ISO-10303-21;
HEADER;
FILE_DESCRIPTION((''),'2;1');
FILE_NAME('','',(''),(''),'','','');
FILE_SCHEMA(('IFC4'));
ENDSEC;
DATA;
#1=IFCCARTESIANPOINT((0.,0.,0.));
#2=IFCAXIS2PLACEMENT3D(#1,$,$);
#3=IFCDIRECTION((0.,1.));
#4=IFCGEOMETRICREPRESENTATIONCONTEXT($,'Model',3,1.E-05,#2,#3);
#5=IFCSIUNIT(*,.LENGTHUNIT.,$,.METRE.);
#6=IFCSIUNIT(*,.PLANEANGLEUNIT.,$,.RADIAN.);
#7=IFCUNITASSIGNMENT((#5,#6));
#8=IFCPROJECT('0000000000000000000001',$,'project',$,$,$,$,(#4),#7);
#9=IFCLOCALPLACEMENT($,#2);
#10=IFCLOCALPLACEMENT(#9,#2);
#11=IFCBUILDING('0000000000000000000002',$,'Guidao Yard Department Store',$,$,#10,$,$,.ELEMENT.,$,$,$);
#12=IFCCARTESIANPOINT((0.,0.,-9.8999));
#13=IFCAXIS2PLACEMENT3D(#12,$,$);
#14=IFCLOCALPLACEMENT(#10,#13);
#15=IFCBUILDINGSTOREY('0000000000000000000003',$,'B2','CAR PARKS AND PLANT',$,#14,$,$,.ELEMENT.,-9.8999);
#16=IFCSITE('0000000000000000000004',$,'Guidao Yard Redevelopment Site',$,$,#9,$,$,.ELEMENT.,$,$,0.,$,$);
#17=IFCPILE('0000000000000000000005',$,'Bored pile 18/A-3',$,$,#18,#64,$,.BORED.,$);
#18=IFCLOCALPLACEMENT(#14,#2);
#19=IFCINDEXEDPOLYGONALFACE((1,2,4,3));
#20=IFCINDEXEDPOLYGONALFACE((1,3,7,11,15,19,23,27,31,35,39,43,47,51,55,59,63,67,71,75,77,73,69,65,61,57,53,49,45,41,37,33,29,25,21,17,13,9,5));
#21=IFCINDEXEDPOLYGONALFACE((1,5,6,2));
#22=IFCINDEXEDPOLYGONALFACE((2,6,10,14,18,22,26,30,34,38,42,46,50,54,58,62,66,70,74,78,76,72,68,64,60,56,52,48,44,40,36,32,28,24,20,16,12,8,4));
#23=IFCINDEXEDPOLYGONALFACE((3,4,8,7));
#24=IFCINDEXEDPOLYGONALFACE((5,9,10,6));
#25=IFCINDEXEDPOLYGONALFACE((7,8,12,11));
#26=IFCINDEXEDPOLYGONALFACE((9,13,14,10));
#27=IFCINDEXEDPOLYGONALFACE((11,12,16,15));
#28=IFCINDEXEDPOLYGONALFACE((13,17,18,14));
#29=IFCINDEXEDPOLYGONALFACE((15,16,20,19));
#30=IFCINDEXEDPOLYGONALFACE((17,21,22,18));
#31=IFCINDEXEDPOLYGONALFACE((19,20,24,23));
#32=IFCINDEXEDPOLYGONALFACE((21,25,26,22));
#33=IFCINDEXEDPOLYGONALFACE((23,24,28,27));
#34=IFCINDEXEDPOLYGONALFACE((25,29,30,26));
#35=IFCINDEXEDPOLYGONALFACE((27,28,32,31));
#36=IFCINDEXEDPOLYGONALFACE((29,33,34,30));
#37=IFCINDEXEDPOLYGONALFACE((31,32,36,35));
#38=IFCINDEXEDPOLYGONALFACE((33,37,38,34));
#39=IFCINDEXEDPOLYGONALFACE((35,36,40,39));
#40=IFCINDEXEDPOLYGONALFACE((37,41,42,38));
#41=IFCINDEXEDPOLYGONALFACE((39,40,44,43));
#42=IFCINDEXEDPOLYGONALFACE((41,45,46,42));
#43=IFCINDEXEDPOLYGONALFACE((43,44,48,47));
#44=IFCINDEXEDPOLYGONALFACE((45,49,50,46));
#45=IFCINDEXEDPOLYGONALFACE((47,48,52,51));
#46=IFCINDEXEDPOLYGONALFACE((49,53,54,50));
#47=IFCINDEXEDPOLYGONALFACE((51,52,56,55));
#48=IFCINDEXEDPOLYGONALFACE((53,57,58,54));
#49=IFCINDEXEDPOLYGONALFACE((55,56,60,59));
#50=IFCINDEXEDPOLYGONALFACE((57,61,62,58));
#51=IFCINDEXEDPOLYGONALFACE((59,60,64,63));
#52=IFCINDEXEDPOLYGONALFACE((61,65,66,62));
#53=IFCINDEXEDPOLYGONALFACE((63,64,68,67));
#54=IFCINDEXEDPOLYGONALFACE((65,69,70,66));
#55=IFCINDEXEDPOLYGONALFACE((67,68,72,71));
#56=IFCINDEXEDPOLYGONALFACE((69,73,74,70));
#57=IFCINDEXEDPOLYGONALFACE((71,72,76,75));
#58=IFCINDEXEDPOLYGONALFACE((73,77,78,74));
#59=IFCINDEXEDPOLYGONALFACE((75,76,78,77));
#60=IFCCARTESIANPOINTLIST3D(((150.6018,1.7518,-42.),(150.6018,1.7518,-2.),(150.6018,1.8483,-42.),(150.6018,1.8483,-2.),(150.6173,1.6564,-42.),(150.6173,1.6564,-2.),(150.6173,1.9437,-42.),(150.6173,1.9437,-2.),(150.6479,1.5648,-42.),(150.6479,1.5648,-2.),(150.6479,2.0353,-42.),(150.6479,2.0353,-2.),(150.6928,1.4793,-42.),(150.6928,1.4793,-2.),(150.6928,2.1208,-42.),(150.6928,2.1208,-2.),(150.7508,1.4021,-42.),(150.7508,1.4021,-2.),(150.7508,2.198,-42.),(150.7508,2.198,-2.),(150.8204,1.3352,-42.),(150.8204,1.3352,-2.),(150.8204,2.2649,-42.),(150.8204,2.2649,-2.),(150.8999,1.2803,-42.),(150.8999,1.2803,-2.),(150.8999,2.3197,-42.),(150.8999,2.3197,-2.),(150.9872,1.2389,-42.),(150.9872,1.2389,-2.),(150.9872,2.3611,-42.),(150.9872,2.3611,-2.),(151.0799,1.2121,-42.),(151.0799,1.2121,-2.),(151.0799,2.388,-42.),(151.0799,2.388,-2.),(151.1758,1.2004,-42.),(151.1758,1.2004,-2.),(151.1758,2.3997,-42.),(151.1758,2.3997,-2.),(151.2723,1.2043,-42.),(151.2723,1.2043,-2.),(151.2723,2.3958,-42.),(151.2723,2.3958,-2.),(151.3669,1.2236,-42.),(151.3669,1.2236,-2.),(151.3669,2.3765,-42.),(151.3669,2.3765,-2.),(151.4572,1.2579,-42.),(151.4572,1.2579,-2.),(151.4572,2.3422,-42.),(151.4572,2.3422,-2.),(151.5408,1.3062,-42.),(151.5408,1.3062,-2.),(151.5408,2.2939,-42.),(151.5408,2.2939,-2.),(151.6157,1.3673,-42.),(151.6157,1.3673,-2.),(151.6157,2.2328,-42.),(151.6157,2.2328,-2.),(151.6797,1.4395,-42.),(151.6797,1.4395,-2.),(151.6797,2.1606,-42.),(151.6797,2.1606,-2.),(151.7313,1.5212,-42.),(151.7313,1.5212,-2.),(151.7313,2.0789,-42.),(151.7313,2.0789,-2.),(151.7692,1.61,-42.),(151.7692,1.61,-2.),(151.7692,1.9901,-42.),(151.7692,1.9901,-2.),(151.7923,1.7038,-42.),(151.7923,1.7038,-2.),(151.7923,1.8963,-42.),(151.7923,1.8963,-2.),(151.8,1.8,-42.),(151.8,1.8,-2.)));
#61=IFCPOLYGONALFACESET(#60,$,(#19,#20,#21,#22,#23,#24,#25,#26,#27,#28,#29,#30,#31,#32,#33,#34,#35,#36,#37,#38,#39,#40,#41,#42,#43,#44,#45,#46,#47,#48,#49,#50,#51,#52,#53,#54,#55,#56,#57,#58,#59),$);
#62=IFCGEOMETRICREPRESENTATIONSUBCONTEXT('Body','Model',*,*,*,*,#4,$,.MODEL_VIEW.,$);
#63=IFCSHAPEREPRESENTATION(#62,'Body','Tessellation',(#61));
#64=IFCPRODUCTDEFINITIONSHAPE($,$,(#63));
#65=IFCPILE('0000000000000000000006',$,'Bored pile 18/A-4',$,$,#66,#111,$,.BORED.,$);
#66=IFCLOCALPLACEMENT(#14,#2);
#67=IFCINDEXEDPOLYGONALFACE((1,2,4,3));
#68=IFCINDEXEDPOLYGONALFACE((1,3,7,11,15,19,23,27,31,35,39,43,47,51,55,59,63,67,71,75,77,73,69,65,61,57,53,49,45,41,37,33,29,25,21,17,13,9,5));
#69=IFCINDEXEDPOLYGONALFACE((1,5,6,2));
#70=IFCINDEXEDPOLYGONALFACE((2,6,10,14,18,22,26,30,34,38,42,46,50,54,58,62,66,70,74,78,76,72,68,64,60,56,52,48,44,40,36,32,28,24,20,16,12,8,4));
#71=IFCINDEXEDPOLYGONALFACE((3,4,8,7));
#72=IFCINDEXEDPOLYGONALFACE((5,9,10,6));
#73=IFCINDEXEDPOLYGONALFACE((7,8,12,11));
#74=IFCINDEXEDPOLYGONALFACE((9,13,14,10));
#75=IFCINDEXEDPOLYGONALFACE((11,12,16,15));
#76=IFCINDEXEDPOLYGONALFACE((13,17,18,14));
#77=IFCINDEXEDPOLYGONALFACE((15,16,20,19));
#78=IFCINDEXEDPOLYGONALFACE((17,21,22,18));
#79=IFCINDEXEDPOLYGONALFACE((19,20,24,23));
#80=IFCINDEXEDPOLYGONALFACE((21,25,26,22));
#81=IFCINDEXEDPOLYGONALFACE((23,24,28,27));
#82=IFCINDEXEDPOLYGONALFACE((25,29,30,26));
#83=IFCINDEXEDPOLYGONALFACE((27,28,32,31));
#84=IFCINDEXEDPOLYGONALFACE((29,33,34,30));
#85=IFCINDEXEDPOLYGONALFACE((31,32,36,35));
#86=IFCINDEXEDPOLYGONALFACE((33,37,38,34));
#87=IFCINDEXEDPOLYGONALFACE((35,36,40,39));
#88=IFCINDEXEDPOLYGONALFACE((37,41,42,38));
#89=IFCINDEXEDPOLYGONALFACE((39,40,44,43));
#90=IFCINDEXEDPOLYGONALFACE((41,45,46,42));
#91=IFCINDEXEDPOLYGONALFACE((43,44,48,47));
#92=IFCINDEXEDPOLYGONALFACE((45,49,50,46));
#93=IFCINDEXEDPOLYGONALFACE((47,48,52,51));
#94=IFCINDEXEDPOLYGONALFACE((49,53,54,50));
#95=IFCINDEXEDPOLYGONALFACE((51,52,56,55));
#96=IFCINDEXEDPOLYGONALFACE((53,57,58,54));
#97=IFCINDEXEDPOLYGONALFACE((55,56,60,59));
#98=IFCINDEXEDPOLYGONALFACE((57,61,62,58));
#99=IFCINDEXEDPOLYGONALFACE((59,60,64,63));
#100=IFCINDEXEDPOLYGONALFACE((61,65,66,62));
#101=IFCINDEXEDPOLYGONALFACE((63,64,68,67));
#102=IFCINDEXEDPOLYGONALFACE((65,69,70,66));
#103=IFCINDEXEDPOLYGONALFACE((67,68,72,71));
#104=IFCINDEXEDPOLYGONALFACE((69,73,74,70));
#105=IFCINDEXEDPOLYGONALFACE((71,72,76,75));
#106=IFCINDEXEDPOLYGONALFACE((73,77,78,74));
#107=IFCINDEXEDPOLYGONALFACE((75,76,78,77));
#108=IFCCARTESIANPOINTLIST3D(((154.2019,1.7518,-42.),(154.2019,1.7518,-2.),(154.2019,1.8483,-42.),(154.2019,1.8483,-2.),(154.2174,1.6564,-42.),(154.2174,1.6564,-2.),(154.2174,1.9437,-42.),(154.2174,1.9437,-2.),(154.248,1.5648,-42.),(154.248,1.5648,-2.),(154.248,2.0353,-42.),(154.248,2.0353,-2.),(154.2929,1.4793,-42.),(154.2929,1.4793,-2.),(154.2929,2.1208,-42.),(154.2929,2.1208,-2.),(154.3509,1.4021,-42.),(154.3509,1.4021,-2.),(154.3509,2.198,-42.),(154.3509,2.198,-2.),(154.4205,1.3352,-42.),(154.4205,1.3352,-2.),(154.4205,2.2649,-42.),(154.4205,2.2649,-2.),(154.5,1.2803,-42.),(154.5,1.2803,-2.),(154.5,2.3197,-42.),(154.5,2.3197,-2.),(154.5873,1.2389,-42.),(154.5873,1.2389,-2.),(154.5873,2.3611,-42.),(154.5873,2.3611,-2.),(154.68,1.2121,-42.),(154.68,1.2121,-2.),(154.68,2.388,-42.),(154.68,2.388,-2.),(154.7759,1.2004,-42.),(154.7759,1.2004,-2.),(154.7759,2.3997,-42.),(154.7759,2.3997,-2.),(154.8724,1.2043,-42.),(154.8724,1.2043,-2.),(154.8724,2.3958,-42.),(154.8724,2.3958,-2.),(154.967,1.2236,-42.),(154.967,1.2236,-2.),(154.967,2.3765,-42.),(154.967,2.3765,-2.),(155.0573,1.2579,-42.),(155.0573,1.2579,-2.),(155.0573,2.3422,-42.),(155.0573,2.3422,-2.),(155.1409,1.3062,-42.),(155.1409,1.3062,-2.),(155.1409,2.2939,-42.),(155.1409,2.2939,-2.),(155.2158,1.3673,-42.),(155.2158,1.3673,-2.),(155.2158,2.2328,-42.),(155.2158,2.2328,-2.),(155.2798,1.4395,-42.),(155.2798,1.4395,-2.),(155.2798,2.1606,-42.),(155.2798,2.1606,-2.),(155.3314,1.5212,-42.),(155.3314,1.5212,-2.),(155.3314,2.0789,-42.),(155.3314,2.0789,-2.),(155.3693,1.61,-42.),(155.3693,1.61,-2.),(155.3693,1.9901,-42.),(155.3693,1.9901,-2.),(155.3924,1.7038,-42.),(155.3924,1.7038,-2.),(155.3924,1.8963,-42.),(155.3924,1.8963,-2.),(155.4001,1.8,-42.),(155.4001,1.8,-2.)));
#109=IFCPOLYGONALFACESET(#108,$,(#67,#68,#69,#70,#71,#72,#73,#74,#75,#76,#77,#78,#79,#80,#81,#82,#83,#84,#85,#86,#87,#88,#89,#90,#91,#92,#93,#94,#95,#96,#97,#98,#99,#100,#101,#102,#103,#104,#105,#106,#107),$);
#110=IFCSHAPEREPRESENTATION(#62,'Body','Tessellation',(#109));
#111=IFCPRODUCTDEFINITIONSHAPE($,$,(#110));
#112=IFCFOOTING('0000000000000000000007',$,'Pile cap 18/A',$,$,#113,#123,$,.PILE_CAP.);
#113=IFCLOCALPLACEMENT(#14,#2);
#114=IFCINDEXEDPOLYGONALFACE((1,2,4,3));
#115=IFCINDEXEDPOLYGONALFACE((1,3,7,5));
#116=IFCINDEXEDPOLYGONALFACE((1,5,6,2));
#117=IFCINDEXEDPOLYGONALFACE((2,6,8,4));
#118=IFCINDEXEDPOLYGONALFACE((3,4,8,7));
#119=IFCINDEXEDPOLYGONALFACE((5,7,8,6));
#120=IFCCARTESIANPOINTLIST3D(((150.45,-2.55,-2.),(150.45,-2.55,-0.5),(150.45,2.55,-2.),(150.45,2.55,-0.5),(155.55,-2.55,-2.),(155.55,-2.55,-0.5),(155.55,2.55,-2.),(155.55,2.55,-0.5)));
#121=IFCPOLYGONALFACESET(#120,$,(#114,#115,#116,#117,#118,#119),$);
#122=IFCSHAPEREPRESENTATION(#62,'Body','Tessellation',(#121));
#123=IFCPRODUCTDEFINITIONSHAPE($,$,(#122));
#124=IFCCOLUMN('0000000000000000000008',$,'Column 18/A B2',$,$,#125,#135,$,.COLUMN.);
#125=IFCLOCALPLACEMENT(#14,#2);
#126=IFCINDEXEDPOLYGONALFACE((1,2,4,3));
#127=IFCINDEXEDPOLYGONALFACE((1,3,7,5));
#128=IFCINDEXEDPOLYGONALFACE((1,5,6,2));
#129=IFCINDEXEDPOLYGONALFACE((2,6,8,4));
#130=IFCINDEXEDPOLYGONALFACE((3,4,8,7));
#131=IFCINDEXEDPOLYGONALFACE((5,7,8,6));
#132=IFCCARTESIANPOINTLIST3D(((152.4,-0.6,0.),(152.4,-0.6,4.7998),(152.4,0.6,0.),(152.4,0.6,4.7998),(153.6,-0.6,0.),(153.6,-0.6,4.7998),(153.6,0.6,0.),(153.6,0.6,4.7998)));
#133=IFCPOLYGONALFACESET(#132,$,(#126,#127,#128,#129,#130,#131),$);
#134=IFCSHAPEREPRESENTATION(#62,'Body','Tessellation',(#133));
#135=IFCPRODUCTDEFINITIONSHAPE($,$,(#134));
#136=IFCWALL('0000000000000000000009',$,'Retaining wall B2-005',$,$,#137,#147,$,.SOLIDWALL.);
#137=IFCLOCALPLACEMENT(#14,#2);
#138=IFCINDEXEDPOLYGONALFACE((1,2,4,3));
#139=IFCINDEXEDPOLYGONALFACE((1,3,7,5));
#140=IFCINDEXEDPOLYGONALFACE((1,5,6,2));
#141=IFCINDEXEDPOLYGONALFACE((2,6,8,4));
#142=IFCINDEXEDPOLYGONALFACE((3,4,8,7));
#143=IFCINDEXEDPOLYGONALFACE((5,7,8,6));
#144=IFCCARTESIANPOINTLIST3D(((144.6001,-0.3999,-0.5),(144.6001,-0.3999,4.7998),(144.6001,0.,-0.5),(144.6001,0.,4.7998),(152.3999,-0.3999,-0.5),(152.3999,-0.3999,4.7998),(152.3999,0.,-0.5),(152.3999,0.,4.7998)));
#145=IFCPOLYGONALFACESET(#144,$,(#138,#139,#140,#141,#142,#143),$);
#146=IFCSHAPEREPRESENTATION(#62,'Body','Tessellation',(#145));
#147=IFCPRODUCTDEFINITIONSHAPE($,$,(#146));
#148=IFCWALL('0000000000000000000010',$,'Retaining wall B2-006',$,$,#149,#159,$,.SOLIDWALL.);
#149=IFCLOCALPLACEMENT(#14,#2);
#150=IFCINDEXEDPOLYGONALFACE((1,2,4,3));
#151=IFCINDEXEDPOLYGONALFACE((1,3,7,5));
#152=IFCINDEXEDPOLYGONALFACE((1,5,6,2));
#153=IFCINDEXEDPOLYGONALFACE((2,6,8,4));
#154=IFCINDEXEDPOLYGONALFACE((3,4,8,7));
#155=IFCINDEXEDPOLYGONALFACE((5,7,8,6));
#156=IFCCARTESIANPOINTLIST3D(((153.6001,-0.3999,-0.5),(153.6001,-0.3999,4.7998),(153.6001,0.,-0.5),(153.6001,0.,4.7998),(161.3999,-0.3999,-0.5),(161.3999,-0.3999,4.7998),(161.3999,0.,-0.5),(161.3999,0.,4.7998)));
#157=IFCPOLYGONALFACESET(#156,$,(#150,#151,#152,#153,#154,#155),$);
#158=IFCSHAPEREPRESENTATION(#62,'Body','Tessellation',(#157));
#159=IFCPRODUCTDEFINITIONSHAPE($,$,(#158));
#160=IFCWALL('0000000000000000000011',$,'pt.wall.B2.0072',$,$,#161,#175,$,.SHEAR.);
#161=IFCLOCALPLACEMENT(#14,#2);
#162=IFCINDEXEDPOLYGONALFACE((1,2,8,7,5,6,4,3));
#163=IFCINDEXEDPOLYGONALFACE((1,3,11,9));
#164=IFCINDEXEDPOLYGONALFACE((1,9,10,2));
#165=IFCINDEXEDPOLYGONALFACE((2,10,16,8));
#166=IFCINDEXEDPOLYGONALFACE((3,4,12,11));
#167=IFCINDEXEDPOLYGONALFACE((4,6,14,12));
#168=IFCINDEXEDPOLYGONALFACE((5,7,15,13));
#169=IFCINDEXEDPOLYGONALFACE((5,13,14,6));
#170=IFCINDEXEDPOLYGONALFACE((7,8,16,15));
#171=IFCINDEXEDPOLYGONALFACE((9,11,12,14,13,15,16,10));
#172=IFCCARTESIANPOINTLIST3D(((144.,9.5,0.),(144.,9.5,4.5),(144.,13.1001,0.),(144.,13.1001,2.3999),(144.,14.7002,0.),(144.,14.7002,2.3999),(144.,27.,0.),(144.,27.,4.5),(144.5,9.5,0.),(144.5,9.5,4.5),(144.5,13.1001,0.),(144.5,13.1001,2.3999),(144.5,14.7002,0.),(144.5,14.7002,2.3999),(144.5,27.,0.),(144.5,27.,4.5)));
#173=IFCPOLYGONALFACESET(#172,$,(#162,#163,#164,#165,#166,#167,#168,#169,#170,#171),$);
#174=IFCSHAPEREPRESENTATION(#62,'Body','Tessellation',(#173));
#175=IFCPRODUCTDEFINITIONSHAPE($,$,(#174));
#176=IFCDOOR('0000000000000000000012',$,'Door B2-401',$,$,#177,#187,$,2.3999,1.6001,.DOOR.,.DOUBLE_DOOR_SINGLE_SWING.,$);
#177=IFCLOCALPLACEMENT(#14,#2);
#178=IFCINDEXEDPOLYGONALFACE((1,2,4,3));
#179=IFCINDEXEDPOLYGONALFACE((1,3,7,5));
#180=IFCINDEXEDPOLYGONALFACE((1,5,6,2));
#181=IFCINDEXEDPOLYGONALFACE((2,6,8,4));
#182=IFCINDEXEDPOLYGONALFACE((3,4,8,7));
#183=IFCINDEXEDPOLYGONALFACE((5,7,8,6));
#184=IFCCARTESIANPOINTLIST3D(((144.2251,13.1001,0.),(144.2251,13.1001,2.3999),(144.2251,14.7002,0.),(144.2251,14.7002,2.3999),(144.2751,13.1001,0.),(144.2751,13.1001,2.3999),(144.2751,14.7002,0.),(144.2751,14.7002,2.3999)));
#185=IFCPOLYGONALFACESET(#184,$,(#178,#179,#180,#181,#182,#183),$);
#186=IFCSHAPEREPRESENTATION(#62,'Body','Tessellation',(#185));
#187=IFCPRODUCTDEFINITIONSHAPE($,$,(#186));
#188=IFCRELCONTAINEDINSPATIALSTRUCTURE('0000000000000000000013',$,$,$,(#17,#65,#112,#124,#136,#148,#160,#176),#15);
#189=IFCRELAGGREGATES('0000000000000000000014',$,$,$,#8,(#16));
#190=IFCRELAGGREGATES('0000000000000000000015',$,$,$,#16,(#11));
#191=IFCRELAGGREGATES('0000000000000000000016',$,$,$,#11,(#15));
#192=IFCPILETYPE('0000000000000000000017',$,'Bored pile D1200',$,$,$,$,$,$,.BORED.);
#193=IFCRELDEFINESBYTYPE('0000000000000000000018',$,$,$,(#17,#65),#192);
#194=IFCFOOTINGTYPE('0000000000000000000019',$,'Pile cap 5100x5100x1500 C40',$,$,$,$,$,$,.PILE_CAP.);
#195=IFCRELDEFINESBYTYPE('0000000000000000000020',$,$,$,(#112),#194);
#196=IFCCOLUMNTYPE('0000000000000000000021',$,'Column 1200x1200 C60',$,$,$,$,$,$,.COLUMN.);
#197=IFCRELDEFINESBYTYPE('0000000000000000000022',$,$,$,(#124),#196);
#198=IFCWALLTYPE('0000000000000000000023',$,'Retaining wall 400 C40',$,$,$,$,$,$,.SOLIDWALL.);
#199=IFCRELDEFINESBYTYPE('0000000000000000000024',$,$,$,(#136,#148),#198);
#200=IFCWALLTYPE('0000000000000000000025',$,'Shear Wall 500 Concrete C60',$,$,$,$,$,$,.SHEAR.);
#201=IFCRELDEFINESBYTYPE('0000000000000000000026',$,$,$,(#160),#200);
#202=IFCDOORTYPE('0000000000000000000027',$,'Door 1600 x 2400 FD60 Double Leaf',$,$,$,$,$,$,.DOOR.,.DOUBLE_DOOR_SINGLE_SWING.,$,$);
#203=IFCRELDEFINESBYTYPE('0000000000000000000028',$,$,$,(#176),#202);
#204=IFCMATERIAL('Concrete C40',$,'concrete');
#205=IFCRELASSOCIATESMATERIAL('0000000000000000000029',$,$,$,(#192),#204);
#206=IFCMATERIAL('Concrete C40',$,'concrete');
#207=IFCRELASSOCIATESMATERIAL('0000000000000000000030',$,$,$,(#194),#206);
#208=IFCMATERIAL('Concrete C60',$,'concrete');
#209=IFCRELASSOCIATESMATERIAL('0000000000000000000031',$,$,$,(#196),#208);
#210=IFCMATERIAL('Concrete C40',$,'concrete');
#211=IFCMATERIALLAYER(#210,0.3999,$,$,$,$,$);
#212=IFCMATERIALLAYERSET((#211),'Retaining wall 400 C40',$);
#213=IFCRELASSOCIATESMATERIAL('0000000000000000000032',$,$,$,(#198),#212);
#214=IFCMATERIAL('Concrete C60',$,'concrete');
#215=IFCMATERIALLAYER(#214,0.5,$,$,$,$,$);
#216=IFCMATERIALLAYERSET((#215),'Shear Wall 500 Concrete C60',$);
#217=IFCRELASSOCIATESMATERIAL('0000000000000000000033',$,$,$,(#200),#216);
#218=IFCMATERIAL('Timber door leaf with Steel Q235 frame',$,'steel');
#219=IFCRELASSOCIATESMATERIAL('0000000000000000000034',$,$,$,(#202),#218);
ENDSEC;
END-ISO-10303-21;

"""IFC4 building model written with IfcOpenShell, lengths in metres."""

from ifc_helpers import new_model, si_unit, direction, frame, frame_2d, origin, origin_2d, place, context, subcontext, project, spatial, rectangle, circle, extrude, material, layer, layer_set, material_profile, profile_set, type_object, element, fill, save


model = new_model("IFC4")

# Units and contexts
model_context = context("Model", 3, precision=1e-05, world=origin(), true_north=direction((0.0, 1.0)))
body_context = subcontext(model_context, "Body", "Model", "MODEL_VIEW")
ifc_project = project(units=[si_unit("LENGTHUNIT", "METRE"), si_unit("PLANEANGLEUNIT", "RADIAN")], contexts=[model_context])

# Site, building, storey
site_placement = place(None, origin())
site = spatial("IfcSite", under=ifc_project, at=site_placement, Name="Guidao Yard Redevelopment Site", CompositionType="ELEMENT", RefElevation=0.0)
building_placement = place(site_placement, origin())
building = spatial("IfcBuilding", under=site, at=building_placement, Name="Guidao Yard Department Store", CompositionType="ELEMENT")
storey_placement = place(building_placement, frame((0.0, 0.0, -9.8999)))
storey = spatial("IfcBuildingStorey", under=building, at=storey_placement, Name="B2", Description="CAR PARKS AND PLANT", CompositionType="ELEMENT", Elevation=-9.8999)

# Piles
ifc_material_1 = material(Name="Concrete C40", Category="concrete")
ifc_material_profile_1 = material_profile(ifc_material_1, circle(Radius=0.6001, at=origin_2d()), Name="Bored pile D1200")
ifc_profile_set_1 = profile_set([ifc_material_profile_1], Name="Concrete C40")
pile_type = type_object("IfcPileType", Name="Bored pile D1200", PredefinedType="BORED", material=ifc_profile_set_1)
for number, where, z_axis, x_axis, name in (
    (1, (151.2, 1.8, -2.0), (0.0, 0.0, -1.0), (1.0, 0.0, 0.0), "Bored pile 18/A-3"),
    (2, (154.8, 1.8, -2.0), (0.0, 0.0, -1.0), (1.0, 0.0, 0.0), "Bored pile 18/A-4"),
):
    element("IfcPile", number, at=place(storey_placement, frame(where, z_axis=z_axis, x_axis=x_axis)), inside=storey, type_object=pile_type, Name=name, PredefinedType="BORED", context=body_context, shape_type="SweptSolid", body=[
        extrude(circle(Radius=0.6001, at=origin_2d()), origin(), (0.0, 0.0, 1.0), 40.0),
    ])

# Footing
ifc_material_2 = material(Name="Concrete C40", Category="concrete")
footing_type = type_object("IfcFootingType", Name="Pile cap 5100x5100x1500 C40", PredefinedType="PILE_CAP", material=ifc_material_2)
footing_placement = place(storey_placement, frame((153.0, 0.0, -2.0), z_axis=(0.0, 0.0, 1.0), x_axis=(1.0, 0.0, 0.0)))
element("IfcFooting", 3, at=footing_placement, inside=storey, type_object=footing_type, Name="Pile cap 18/A", PredefinedType="PILE_CAP", context=body_context, shape_type="SweptSolid", body=[
    extrude(rectangle(XDim=5.1001, YDim=5.1001, at=origin_2d()), origin(), (0.0, 0.0, 1.0), 1.5),
])

# Column
ifc_material_3 = material(Name="Concrete C60", Category="concrete")
ifc_material_profile_2 = material_profile(ifc_material_3, rectangle(XDim=1.2, YDim=1.2, at=origin_2d()), Name="COL 1200x1200")
ifc_profile_set_2 = profile_set([ifc_material_profile_2], Name="Concrete C60")
column_type = type_object("IfcColumnType", Name="Column 1200x1200 C60", PredefinedType="COLUMN", material=ifc_profile_set_2)
column_placement = place(storey_placement, frame((153.0, 0.0, 0.0), z_axis=(0.0, 0.0, 1.0), x_axis=(1.0, 0.0, 0.0)))
element("IfcColumn", 4, at=column_placement, inside=storey, type_object=column_type, Name="Column 18/A B2", PredefinedType="COLUMN", context=body_context, shape_type="SweptSolid", body=[
    extrude(rectangle(XDim=1.2, YDim=1.2, at=origin_2d()), origin(), (0.0, 0.0, 1.0), 4.7998),
])

# Walls
ifc_material_4 = material(Name="Concrete C40", Category="concrete")
ifc_layer_1 = layer(ifc_material_4, 0.3999)
ifc_layer_set_1 = layer_set([ifc_layer_1], Name="Retaining wall 400 C40")
wall_type_1 = type_object("IfcWallType", Name="Retaining wall 400 C40", PredefinedType="SOLIDWALL", material=ifc_layer_set_1)
for number, where, z_axis, x_axis, name in (
    (5, (144.6001, -0.2, -0.5), (0.0, 0.0, 1.0), (1.0, 0.0, 0.0), "Retaining wall B2-005"),
    (6, (153.6001, -0.2, -0.5), (0.0, 0.0, 1.0), (1.0, 0.0, 0.0), "Retaining wall B2-006"),
):
    element("IfcWall", number, at=place(storey_placement, frame(where, z_axis=z_axis, x_axis=x_axis)), inside=storey, type_object=wall_type_1, Name=name, PredefinedType="SOLIDWALL", context=body_context, shape_type="SweptSolid", body=[
        extrude(rectangle(XDim=7.7998, YDim=0.3999, at=frame_2d((3.8999, 0.0))), origin(), (0.0, 0.0, 1.0), 5.2998),
    ])

# Wall, opening, door
ifc_material_5 = material(Name="Concrete C60", Category="concrete")
ifc_layer_2 = layer(ifc_material_5, 0.5)
ifc_layer_set_2 = layer_set([ifc_layer_2], Name="Shear Wall 500 Concrete C60")
wall_type_2 = type_object("IfcWallType", Name="Shear Wall 500 Concrete C60", PredefinedType="SHEAR", material=ifc_layer_set_2)
wall_1_placement = place(storey_placement, frame((144.25, 9.5, 0.0), z_axis=(0.0, 0.0, 1.0), x_axis=(0.0, 1.0, 0.0)))
wall_1 = element("IfcWall", 7, at=wall_1_placement, inside=storey, type_object=wall_type_2, Name="pt.wall.B2.0072", PredefinedType="SHEAR", context=body_context, shape_type="SweptSolid", body=[
    extrude(rectangle(XDim=17.5, YDim=0.5, at=frame_2d((8.75, 0.0))), origin(), (0.0, 0.0, 1.0), 4.5),
])
opening_placement = place(wall_1_placement, frame((3.6001, 0.0, 0.0)))
opening = element("IfcOpeningElement", 8, at=opening_placement, cuts=wall_1, PredefinedType="OPENING", context=body_context, shape_type="SweptSolid", body=[
    extrude(rectangle(XDim=1.6001, YDim=2.3999, at=frame_2d((0.8, 1.2))), frame((0.0, 0.26, 0.0), z_axis=(0.0, -1.0, 0.0), x_axis=(1.0, 0.0, 0.0)), (0.0, 0.0, 1.0), 0.52),
])
ifc_material_6 = material(Name="Timber door leaf with Steel Q235 frame", Category="steel")
door_type = type_object("IfcDoorType", Name="Door 1600 x 2400 FD60 Double Leaf", OperationType="DOUBLE_DOOR_SINGLE_SWING", PredefinedType="DOOR", material=ifc_material_6)
door_placement = place(opening_placement, origin())
door = element("IfcDoor", 9, at=door_placement, inside=storey, type_object=door_type, Name="Door B2-401", OperationType="DOUBLE_DOOR_SINGLE_SWING", OverallHeight=2.3999, OverallWidth=1.6001, PredefinedType="DOOR", context=body_context, shape_type="SweptSolid", body=[
    extrude(rectangle(XDim=1.6001, YDim=2.3999, at=frame_2d((0.8, 1.2))), frame((0.0, 0.0249, 0.0), z_axis=(0.0, -1.0, 0.0), x_axis=(1.0, 0.0, 0.0)), (0.0, 0.0, 1.0), 0.05),
])
fill(opening, door)

save(model, "model.ifc")
